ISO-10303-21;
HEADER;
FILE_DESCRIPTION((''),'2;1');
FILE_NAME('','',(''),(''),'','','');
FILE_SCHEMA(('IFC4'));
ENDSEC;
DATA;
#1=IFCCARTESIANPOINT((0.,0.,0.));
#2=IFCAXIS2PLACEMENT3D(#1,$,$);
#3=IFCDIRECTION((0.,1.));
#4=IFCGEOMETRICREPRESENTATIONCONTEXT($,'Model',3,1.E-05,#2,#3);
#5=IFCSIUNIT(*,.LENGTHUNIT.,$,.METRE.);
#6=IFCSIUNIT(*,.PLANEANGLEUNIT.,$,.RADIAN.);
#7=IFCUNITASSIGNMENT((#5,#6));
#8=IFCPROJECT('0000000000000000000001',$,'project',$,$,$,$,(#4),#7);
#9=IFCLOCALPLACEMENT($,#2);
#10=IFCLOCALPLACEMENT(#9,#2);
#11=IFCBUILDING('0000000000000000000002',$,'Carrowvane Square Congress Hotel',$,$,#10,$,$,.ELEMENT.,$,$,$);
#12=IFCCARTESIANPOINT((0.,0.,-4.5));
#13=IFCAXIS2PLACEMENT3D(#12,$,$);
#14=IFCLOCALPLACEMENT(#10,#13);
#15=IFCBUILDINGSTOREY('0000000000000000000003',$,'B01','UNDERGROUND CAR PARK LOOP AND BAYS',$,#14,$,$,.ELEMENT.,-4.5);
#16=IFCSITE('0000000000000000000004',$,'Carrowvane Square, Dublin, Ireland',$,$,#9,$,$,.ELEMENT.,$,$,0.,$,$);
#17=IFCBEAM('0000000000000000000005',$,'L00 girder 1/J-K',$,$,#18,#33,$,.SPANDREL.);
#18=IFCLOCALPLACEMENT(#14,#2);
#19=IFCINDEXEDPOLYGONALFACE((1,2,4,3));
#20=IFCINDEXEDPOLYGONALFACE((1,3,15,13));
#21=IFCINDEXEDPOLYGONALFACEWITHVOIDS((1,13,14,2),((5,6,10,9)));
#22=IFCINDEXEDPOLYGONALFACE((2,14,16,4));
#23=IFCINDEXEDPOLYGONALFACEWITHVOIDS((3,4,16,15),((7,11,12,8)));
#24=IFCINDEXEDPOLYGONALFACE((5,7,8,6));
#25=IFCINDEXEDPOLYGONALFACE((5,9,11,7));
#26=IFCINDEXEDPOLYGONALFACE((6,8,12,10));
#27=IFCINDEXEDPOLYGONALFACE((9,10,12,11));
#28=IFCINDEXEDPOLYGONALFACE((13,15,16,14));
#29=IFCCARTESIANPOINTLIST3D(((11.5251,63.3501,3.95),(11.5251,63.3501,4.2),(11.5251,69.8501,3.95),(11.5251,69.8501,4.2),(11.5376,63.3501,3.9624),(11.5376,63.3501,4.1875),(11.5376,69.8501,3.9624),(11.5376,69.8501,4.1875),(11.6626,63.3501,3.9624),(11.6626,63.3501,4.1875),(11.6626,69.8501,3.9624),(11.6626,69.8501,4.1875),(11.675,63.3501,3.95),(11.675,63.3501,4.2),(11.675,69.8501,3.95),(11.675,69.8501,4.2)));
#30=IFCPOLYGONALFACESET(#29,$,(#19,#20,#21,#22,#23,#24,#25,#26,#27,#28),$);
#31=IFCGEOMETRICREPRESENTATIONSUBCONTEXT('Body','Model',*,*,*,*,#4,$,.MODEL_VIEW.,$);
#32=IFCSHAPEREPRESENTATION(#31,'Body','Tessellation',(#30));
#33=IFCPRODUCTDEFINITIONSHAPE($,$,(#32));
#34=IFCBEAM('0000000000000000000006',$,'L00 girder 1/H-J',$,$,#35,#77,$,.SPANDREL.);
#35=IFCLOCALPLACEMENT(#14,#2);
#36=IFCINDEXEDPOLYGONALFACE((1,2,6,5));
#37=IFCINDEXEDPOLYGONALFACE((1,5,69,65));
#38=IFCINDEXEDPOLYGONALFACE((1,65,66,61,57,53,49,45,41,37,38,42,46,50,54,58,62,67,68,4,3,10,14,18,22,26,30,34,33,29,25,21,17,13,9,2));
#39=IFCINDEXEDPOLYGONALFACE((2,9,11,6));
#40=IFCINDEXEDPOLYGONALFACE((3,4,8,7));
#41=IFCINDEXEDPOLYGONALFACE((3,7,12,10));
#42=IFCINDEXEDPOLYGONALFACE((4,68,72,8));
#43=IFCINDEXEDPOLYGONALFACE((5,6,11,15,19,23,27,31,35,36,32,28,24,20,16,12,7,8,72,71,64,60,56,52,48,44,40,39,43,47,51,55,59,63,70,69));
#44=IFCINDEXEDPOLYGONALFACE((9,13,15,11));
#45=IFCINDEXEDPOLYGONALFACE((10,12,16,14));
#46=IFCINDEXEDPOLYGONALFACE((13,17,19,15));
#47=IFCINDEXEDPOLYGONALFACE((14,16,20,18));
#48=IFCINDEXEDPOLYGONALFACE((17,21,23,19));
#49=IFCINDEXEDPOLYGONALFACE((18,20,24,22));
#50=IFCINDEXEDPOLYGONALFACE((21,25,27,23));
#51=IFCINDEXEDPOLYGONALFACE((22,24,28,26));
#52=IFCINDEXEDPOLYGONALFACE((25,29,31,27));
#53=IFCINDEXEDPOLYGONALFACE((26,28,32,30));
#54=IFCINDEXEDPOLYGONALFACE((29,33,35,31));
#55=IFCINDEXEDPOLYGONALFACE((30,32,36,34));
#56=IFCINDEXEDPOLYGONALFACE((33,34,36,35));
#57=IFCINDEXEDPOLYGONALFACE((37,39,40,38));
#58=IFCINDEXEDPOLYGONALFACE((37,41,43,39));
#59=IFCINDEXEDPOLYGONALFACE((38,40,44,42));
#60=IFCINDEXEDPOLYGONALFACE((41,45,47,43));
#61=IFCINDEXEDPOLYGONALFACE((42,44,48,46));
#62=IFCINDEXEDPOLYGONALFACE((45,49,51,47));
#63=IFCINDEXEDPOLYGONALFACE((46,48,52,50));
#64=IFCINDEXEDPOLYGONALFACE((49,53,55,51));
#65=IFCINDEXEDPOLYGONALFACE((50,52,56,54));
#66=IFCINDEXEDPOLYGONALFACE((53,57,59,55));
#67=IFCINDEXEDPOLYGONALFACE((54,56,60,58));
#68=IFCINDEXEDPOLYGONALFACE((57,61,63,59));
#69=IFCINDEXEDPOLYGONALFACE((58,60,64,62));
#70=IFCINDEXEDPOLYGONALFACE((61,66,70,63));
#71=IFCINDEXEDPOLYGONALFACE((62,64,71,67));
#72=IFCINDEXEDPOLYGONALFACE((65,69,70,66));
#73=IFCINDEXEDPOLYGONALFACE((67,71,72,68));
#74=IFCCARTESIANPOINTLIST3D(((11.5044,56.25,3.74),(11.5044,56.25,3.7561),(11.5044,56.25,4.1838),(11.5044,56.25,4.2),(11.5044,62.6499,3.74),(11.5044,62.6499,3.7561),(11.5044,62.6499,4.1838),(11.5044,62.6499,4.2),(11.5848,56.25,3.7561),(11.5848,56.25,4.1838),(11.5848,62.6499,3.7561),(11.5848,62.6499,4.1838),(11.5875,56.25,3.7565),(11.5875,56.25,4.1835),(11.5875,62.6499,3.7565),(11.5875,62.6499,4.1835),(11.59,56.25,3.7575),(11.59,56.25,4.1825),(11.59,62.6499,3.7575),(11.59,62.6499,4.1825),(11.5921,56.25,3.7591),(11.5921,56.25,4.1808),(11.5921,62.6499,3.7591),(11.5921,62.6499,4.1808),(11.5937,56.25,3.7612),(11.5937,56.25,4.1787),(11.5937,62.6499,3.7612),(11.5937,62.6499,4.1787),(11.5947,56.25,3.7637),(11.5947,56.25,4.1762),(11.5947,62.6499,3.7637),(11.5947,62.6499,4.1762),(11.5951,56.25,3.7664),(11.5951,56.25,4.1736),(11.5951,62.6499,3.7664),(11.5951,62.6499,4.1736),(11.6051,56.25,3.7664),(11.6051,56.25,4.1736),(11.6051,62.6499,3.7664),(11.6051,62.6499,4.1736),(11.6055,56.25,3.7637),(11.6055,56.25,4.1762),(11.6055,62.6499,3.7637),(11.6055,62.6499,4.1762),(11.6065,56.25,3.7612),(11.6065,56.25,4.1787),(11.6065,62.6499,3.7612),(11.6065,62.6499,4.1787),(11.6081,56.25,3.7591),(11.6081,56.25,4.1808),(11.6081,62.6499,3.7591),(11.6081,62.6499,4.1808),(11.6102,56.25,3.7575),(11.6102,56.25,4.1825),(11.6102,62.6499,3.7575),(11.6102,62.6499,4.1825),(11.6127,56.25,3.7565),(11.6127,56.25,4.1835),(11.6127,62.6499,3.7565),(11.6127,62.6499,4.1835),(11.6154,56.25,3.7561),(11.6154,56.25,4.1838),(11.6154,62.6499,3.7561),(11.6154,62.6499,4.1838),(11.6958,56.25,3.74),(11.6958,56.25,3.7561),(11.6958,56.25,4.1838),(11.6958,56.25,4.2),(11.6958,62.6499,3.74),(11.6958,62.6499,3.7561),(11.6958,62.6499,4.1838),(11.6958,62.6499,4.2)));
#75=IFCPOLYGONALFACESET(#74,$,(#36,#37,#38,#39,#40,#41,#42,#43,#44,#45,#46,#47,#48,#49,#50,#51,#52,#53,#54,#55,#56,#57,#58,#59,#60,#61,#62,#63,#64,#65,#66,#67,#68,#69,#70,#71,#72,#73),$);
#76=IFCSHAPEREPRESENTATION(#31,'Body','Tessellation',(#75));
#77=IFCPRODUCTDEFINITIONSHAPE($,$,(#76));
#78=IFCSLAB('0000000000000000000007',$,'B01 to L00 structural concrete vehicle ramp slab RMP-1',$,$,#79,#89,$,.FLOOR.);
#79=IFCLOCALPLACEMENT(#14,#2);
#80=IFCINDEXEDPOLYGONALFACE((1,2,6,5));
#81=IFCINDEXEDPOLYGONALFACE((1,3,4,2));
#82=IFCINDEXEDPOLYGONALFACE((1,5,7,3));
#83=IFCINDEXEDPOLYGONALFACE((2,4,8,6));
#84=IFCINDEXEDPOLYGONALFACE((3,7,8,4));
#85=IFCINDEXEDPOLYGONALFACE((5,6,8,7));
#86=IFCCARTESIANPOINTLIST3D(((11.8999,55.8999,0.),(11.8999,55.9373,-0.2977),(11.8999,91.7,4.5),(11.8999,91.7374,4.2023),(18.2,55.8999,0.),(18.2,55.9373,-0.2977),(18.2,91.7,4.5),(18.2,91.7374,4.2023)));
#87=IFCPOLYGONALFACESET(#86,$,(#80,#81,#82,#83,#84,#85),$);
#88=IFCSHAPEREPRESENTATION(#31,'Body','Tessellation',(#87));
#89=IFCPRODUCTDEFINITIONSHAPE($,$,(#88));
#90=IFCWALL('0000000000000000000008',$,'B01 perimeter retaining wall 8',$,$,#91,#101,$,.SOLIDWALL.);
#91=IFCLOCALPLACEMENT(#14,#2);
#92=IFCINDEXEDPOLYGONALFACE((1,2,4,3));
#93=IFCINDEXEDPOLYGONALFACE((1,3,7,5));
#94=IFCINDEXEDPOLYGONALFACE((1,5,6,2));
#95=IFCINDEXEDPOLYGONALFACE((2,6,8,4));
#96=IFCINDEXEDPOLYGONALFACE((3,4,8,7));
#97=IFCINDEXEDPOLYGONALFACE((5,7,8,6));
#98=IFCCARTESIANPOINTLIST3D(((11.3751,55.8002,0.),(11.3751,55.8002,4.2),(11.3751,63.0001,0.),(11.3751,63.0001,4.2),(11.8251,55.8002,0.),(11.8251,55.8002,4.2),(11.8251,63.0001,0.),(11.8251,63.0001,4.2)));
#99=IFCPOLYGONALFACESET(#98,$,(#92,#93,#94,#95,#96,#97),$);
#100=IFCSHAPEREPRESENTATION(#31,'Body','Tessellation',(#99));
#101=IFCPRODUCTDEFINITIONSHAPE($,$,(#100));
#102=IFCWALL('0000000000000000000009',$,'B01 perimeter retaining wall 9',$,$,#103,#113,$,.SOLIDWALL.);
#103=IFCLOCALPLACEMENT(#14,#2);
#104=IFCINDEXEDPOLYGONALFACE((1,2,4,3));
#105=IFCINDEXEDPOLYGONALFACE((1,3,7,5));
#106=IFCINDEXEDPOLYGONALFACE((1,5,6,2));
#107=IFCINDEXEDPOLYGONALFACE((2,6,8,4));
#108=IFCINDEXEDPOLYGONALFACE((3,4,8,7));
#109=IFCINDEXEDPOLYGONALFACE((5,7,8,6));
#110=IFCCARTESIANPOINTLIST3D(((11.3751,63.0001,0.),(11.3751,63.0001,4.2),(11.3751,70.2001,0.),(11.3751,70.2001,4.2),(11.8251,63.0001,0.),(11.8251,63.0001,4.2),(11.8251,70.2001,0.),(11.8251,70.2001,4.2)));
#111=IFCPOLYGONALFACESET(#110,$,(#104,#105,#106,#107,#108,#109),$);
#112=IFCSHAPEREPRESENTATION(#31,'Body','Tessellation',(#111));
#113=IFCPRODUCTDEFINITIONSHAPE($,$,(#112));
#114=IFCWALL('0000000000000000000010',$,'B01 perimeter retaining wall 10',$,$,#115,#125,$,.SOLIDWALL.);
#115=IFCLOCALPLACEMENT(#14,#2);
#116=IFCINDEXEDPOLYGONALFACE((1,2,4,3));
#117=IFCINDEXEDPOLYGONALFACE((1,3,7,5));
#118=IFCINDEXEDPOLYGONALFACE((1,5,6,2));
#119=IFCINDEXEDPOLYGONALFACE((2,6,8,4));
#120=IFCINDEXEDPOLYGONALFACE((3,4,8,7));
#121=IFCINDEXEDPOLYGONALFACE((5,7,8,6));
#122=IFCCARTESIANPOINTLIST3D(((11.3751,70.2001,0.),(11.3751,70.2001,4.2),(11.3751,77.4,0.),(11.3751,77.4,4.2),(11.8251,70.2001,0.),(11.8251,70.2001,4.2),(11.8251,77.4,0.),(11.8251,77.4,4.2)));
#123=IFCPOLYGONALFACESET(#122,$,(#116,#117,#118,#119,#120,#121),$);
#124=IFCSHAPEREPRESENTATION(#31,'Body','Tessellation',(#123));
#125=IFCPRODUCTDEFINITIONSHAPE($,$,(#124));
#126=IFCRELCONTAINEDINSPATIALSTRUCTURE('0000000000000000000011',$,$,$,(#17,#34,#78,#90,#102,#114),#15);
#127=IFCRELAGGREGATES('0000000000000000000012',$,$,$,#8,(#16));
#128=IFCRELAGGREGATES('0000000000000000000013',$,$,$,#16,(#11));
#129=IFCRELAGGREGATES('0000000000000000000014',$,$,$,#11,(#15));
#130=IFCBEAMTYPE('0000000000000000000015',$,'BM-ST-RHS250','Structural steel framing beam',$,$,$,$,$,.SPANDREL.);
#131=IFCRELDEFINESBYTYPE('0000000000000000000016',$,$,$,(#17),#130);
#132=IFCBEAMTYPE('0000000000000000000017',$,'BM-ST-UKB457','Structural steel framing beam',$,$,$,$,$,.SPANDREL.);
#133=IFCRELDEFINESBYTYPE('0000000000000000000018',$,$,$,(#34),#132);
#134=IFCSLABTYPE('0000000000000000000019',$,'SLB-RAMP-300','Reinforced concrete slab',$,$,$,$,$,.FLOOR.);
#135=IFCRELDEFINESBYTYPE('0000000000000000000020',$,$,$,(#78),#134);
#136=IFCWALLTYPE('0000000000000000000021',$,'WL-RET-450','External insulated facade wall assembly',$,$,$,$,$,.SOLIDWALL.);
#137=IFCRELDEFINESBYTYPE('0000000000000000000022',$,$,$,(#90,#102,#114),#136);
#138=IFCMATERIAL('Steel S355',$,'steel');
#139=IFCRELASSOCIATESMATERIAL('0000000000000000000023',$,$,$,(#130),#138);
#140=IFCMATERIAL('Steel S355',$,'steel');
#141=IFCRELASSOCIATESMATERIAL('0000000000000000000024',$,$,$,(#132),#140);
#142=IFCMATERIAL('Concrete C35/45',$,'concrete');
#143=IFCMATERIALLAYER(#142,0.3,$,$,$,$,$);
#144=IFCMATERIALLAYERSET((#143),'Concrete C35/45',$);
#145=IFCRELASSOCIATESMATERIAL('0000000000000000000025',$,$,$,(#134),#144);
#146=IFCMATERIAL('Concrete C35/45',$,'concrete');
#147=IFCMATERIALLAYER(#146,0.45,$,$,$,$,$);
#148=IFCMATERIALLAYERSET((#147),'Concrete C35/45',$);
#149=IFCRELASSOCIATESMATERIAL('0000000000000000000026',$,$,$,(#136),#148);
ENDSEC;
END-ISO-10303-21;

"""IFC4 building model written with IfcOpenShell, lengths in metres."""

from ifc_helpers import new_model, si_unit, direction, frame, frame_2d, origin, origin_2d, place, context, subcontext, project, spatial, polyline, rectangle, hollow_rectangle, i_section, outline, extrude, material, layer, layer_set, material_profile, profile_set, type_object, element, save


model = new_model("IFC4")

# Units and contexts
model_context = context("Model", 3, precision=1e-05, world=origin(), true_north=direction((0.0, 1.0)))
body_context = subcontext(model_context, "Body", "Model", "MODEL_VIEW")
ifc_project = project(units=[si_unit("LENGTHUNIT", "METRE"), si_unit("PLANEANGLEUNIT", "RADIAN")], contexts=[model_context])

# Site, building, storey
site_placement = place(None, origin())
site = spatial("IfcSite", under=ifc_project, at=site_placement, Name="Carrowvane Square, Dublin, Ireland", CompositionType="ELEMENT", RefElevation=0.0)
building_placement = place(site_placement, origin())
building = spatial("IfcBuilding", under=site, at=building_placement, Name="Carrowvane Square Congress Hotel", CompositionType="ELEMENT")
storey_placement = place(building_placement, frame((0.0, 0.0, -4.5)))
storey = spatial("IfcBuildingStorey", under=building, at=storey_placement, Name="B01", Description="UNDERGROUND CAR PARK LOOP AND BAYS", CompositionType="ELEMENT", Elevation=-4.5)

# Beams
ifc_material_1 = material(Name="Steel S355", Category="steel")
ifc_material_profile_1 = material_profile(ifc_material_1, hollow_rectangle(XDim=0.1499, YDim=0.25, WallThickness=0.0125, at=origin_2d()), Name="RHS 250x150x12.5")
ifc_profile_set_1 = profile_set([ifc_material_profile_1], Name="Steel S355")
beam_type_1 = type_object("IfcBeamType", Name="BM-ST-RHS250", Description="Structural steel framing beam", PredefinedType="SPANDREL", material=ifc_profile_set_1)
beam_1_placement = place(storey_placement, frame((11.6001, 63.3501, 4.075), z_axis=(0.0, 1.0, 0.0), x_axis=(-1.0, 0.0, 0.0)))
element("IfcBeam", 1, at=beam_1_placement, inside=storey, type_object=beam_type_1, Name="L00 girder 1/J-K", PredefinedType="SPANDREL", context=body_context, shape_type="SweptSolid", body=[
    extrude(hollow_rectangle(XDim=0.1499, YDim=0.25, WallThickness=0.0125, at=origin_2d()), origin(), (0.0, 0.0, 1.0), 6.5),
])
ifc_material_2 = material(Name="Steel S355", Category="steel")
ifc_material_profile_2 = material_profile(ifc_material_2, i_section(OverallWidth=0.1914, OverallDepth=0.46, WebThickness=0.01, FlangeThickness=0.0161, FilletRadius=0.0103, at=origin_2d()), Name="UKB 457x191x82")
ifc_profile_set_2 = profile_set([ifc_material_profile_2], Name="Steel S355")
beam_type_2 = type_object("IfcBeamType", Name="BM-ST-UKB457", Description="Structural steel framing beam", PredefinedType="SPANDREL", material=ifc_profile_set_2)
beam_2_placement = place(storey_placement, frame((11.6001, 56.25, 3.97), z_axis=(0.0, 1.0, 0.0), x_axis=(-1.0, 0.0, 0.0)))
element("IfcBeam", 2, at=beam_2_placement, inside=storey, type_object=beam_type_2, Name="L00 girder 1/H-J", PredefinedType="SPANDREL", context=body_context, shape_type="SweptSolid", body=[
    extrude(i_section(OverallWidth=0.1914, OverallDepth=0.46, WebThickness=0.01, FlangeThickness=0.0161, FilletRadius=0.0103, at=origin_2d()), origin(), (0.0, 0.0, 1.0), 6.3999),
])

# Slab
ifc_material_3 = material(Name="Concrete C35/45", Category="concrete")
ifc_layer_1 = layer(ifc_material_3, 0.3)
ifc_layer_set_1 = layer_set([ifc_layer_1], Name="Concrete C35/45")
slab_type = type_object("IfcSlabType", Name="SLB-RAMP-300", Description="Reinforced concrete slab", PredefinedType="FLOOR", material=ifc_layer_set_1)
slab_placement = place(storey_placement, frame((11.8999, 55.8999, 0.0), z_axis=(0.0, -0.124717, 0.992192), x_axis=(1.0, 0.0, 0.0)))
element("IfcSlab", 3, at=slab_placement, inside=storey, type_object=slab_type, Name="B01 to L00 structural concrete vehicle ramp slab RMP-1", PredefinedType="FLOOR", context=body_context, shape_type="SweptSolid", body=[
    extrude(outline(polyline([(0.0, 0.0), (6.3, 0.0), (6.3, 36.0818), (0.0, 36.0818), (0.0, 0.0)])), origin(), (0.0, 0.0, -1.0), 0.3),
])

# Walls
ifc_material_4 = material(Name="Concrete C35/45", Category="concrete")
ifc_layer_2 = layer(ifc_material_4, 0.45)
ifc_layer_set_2 = layer_set([ifc_layer_2], Name="Concrete C35/45")
wall_type = type_object("IfcWallType", Name="WL-RET-450", Description="External insulated facade wall assembly", PredefinedType="SOLIDWALL", material=ifc_layer_set_2)
for number, where, z_axis, x_axis, name in (
    (4, (11.6001, 55.8, 0.0), (0.0, 0.0, 1.0), (0.0, 1.0, 0.0), "B01 perimeter retaining wall 8"),
    (5, (11.6001, 63.0, 0.0), (0.0, 0.0, 1.0), (0.0, 1.0, 0.0), "B01 perimeter retaining wall 9"),
    (6, (11.6001, 70.2, 0.0), (0.0, 0.0, 1.0), (0.0, 1.0, 0.0), "B01 perimeter retaining wall 10"),
):
    element("IfcWall", number, at=place(storey_placement, frame(where, z_axis=z_axis, x_axis=x_axis)), inside=storey, type_object=wall_type, Name=name, PredefinedType="SOLIDWALL", context=body_context, shape_type="SweptSolid", body=[
        extrude(rectangle(XDim=7.2, YDim=0.45, at=frame_2d((3.6001, 0.0))), origin(), (0.0, 0.0, 1.0), 4.2),
    ])

save(model, "model.ifc")
